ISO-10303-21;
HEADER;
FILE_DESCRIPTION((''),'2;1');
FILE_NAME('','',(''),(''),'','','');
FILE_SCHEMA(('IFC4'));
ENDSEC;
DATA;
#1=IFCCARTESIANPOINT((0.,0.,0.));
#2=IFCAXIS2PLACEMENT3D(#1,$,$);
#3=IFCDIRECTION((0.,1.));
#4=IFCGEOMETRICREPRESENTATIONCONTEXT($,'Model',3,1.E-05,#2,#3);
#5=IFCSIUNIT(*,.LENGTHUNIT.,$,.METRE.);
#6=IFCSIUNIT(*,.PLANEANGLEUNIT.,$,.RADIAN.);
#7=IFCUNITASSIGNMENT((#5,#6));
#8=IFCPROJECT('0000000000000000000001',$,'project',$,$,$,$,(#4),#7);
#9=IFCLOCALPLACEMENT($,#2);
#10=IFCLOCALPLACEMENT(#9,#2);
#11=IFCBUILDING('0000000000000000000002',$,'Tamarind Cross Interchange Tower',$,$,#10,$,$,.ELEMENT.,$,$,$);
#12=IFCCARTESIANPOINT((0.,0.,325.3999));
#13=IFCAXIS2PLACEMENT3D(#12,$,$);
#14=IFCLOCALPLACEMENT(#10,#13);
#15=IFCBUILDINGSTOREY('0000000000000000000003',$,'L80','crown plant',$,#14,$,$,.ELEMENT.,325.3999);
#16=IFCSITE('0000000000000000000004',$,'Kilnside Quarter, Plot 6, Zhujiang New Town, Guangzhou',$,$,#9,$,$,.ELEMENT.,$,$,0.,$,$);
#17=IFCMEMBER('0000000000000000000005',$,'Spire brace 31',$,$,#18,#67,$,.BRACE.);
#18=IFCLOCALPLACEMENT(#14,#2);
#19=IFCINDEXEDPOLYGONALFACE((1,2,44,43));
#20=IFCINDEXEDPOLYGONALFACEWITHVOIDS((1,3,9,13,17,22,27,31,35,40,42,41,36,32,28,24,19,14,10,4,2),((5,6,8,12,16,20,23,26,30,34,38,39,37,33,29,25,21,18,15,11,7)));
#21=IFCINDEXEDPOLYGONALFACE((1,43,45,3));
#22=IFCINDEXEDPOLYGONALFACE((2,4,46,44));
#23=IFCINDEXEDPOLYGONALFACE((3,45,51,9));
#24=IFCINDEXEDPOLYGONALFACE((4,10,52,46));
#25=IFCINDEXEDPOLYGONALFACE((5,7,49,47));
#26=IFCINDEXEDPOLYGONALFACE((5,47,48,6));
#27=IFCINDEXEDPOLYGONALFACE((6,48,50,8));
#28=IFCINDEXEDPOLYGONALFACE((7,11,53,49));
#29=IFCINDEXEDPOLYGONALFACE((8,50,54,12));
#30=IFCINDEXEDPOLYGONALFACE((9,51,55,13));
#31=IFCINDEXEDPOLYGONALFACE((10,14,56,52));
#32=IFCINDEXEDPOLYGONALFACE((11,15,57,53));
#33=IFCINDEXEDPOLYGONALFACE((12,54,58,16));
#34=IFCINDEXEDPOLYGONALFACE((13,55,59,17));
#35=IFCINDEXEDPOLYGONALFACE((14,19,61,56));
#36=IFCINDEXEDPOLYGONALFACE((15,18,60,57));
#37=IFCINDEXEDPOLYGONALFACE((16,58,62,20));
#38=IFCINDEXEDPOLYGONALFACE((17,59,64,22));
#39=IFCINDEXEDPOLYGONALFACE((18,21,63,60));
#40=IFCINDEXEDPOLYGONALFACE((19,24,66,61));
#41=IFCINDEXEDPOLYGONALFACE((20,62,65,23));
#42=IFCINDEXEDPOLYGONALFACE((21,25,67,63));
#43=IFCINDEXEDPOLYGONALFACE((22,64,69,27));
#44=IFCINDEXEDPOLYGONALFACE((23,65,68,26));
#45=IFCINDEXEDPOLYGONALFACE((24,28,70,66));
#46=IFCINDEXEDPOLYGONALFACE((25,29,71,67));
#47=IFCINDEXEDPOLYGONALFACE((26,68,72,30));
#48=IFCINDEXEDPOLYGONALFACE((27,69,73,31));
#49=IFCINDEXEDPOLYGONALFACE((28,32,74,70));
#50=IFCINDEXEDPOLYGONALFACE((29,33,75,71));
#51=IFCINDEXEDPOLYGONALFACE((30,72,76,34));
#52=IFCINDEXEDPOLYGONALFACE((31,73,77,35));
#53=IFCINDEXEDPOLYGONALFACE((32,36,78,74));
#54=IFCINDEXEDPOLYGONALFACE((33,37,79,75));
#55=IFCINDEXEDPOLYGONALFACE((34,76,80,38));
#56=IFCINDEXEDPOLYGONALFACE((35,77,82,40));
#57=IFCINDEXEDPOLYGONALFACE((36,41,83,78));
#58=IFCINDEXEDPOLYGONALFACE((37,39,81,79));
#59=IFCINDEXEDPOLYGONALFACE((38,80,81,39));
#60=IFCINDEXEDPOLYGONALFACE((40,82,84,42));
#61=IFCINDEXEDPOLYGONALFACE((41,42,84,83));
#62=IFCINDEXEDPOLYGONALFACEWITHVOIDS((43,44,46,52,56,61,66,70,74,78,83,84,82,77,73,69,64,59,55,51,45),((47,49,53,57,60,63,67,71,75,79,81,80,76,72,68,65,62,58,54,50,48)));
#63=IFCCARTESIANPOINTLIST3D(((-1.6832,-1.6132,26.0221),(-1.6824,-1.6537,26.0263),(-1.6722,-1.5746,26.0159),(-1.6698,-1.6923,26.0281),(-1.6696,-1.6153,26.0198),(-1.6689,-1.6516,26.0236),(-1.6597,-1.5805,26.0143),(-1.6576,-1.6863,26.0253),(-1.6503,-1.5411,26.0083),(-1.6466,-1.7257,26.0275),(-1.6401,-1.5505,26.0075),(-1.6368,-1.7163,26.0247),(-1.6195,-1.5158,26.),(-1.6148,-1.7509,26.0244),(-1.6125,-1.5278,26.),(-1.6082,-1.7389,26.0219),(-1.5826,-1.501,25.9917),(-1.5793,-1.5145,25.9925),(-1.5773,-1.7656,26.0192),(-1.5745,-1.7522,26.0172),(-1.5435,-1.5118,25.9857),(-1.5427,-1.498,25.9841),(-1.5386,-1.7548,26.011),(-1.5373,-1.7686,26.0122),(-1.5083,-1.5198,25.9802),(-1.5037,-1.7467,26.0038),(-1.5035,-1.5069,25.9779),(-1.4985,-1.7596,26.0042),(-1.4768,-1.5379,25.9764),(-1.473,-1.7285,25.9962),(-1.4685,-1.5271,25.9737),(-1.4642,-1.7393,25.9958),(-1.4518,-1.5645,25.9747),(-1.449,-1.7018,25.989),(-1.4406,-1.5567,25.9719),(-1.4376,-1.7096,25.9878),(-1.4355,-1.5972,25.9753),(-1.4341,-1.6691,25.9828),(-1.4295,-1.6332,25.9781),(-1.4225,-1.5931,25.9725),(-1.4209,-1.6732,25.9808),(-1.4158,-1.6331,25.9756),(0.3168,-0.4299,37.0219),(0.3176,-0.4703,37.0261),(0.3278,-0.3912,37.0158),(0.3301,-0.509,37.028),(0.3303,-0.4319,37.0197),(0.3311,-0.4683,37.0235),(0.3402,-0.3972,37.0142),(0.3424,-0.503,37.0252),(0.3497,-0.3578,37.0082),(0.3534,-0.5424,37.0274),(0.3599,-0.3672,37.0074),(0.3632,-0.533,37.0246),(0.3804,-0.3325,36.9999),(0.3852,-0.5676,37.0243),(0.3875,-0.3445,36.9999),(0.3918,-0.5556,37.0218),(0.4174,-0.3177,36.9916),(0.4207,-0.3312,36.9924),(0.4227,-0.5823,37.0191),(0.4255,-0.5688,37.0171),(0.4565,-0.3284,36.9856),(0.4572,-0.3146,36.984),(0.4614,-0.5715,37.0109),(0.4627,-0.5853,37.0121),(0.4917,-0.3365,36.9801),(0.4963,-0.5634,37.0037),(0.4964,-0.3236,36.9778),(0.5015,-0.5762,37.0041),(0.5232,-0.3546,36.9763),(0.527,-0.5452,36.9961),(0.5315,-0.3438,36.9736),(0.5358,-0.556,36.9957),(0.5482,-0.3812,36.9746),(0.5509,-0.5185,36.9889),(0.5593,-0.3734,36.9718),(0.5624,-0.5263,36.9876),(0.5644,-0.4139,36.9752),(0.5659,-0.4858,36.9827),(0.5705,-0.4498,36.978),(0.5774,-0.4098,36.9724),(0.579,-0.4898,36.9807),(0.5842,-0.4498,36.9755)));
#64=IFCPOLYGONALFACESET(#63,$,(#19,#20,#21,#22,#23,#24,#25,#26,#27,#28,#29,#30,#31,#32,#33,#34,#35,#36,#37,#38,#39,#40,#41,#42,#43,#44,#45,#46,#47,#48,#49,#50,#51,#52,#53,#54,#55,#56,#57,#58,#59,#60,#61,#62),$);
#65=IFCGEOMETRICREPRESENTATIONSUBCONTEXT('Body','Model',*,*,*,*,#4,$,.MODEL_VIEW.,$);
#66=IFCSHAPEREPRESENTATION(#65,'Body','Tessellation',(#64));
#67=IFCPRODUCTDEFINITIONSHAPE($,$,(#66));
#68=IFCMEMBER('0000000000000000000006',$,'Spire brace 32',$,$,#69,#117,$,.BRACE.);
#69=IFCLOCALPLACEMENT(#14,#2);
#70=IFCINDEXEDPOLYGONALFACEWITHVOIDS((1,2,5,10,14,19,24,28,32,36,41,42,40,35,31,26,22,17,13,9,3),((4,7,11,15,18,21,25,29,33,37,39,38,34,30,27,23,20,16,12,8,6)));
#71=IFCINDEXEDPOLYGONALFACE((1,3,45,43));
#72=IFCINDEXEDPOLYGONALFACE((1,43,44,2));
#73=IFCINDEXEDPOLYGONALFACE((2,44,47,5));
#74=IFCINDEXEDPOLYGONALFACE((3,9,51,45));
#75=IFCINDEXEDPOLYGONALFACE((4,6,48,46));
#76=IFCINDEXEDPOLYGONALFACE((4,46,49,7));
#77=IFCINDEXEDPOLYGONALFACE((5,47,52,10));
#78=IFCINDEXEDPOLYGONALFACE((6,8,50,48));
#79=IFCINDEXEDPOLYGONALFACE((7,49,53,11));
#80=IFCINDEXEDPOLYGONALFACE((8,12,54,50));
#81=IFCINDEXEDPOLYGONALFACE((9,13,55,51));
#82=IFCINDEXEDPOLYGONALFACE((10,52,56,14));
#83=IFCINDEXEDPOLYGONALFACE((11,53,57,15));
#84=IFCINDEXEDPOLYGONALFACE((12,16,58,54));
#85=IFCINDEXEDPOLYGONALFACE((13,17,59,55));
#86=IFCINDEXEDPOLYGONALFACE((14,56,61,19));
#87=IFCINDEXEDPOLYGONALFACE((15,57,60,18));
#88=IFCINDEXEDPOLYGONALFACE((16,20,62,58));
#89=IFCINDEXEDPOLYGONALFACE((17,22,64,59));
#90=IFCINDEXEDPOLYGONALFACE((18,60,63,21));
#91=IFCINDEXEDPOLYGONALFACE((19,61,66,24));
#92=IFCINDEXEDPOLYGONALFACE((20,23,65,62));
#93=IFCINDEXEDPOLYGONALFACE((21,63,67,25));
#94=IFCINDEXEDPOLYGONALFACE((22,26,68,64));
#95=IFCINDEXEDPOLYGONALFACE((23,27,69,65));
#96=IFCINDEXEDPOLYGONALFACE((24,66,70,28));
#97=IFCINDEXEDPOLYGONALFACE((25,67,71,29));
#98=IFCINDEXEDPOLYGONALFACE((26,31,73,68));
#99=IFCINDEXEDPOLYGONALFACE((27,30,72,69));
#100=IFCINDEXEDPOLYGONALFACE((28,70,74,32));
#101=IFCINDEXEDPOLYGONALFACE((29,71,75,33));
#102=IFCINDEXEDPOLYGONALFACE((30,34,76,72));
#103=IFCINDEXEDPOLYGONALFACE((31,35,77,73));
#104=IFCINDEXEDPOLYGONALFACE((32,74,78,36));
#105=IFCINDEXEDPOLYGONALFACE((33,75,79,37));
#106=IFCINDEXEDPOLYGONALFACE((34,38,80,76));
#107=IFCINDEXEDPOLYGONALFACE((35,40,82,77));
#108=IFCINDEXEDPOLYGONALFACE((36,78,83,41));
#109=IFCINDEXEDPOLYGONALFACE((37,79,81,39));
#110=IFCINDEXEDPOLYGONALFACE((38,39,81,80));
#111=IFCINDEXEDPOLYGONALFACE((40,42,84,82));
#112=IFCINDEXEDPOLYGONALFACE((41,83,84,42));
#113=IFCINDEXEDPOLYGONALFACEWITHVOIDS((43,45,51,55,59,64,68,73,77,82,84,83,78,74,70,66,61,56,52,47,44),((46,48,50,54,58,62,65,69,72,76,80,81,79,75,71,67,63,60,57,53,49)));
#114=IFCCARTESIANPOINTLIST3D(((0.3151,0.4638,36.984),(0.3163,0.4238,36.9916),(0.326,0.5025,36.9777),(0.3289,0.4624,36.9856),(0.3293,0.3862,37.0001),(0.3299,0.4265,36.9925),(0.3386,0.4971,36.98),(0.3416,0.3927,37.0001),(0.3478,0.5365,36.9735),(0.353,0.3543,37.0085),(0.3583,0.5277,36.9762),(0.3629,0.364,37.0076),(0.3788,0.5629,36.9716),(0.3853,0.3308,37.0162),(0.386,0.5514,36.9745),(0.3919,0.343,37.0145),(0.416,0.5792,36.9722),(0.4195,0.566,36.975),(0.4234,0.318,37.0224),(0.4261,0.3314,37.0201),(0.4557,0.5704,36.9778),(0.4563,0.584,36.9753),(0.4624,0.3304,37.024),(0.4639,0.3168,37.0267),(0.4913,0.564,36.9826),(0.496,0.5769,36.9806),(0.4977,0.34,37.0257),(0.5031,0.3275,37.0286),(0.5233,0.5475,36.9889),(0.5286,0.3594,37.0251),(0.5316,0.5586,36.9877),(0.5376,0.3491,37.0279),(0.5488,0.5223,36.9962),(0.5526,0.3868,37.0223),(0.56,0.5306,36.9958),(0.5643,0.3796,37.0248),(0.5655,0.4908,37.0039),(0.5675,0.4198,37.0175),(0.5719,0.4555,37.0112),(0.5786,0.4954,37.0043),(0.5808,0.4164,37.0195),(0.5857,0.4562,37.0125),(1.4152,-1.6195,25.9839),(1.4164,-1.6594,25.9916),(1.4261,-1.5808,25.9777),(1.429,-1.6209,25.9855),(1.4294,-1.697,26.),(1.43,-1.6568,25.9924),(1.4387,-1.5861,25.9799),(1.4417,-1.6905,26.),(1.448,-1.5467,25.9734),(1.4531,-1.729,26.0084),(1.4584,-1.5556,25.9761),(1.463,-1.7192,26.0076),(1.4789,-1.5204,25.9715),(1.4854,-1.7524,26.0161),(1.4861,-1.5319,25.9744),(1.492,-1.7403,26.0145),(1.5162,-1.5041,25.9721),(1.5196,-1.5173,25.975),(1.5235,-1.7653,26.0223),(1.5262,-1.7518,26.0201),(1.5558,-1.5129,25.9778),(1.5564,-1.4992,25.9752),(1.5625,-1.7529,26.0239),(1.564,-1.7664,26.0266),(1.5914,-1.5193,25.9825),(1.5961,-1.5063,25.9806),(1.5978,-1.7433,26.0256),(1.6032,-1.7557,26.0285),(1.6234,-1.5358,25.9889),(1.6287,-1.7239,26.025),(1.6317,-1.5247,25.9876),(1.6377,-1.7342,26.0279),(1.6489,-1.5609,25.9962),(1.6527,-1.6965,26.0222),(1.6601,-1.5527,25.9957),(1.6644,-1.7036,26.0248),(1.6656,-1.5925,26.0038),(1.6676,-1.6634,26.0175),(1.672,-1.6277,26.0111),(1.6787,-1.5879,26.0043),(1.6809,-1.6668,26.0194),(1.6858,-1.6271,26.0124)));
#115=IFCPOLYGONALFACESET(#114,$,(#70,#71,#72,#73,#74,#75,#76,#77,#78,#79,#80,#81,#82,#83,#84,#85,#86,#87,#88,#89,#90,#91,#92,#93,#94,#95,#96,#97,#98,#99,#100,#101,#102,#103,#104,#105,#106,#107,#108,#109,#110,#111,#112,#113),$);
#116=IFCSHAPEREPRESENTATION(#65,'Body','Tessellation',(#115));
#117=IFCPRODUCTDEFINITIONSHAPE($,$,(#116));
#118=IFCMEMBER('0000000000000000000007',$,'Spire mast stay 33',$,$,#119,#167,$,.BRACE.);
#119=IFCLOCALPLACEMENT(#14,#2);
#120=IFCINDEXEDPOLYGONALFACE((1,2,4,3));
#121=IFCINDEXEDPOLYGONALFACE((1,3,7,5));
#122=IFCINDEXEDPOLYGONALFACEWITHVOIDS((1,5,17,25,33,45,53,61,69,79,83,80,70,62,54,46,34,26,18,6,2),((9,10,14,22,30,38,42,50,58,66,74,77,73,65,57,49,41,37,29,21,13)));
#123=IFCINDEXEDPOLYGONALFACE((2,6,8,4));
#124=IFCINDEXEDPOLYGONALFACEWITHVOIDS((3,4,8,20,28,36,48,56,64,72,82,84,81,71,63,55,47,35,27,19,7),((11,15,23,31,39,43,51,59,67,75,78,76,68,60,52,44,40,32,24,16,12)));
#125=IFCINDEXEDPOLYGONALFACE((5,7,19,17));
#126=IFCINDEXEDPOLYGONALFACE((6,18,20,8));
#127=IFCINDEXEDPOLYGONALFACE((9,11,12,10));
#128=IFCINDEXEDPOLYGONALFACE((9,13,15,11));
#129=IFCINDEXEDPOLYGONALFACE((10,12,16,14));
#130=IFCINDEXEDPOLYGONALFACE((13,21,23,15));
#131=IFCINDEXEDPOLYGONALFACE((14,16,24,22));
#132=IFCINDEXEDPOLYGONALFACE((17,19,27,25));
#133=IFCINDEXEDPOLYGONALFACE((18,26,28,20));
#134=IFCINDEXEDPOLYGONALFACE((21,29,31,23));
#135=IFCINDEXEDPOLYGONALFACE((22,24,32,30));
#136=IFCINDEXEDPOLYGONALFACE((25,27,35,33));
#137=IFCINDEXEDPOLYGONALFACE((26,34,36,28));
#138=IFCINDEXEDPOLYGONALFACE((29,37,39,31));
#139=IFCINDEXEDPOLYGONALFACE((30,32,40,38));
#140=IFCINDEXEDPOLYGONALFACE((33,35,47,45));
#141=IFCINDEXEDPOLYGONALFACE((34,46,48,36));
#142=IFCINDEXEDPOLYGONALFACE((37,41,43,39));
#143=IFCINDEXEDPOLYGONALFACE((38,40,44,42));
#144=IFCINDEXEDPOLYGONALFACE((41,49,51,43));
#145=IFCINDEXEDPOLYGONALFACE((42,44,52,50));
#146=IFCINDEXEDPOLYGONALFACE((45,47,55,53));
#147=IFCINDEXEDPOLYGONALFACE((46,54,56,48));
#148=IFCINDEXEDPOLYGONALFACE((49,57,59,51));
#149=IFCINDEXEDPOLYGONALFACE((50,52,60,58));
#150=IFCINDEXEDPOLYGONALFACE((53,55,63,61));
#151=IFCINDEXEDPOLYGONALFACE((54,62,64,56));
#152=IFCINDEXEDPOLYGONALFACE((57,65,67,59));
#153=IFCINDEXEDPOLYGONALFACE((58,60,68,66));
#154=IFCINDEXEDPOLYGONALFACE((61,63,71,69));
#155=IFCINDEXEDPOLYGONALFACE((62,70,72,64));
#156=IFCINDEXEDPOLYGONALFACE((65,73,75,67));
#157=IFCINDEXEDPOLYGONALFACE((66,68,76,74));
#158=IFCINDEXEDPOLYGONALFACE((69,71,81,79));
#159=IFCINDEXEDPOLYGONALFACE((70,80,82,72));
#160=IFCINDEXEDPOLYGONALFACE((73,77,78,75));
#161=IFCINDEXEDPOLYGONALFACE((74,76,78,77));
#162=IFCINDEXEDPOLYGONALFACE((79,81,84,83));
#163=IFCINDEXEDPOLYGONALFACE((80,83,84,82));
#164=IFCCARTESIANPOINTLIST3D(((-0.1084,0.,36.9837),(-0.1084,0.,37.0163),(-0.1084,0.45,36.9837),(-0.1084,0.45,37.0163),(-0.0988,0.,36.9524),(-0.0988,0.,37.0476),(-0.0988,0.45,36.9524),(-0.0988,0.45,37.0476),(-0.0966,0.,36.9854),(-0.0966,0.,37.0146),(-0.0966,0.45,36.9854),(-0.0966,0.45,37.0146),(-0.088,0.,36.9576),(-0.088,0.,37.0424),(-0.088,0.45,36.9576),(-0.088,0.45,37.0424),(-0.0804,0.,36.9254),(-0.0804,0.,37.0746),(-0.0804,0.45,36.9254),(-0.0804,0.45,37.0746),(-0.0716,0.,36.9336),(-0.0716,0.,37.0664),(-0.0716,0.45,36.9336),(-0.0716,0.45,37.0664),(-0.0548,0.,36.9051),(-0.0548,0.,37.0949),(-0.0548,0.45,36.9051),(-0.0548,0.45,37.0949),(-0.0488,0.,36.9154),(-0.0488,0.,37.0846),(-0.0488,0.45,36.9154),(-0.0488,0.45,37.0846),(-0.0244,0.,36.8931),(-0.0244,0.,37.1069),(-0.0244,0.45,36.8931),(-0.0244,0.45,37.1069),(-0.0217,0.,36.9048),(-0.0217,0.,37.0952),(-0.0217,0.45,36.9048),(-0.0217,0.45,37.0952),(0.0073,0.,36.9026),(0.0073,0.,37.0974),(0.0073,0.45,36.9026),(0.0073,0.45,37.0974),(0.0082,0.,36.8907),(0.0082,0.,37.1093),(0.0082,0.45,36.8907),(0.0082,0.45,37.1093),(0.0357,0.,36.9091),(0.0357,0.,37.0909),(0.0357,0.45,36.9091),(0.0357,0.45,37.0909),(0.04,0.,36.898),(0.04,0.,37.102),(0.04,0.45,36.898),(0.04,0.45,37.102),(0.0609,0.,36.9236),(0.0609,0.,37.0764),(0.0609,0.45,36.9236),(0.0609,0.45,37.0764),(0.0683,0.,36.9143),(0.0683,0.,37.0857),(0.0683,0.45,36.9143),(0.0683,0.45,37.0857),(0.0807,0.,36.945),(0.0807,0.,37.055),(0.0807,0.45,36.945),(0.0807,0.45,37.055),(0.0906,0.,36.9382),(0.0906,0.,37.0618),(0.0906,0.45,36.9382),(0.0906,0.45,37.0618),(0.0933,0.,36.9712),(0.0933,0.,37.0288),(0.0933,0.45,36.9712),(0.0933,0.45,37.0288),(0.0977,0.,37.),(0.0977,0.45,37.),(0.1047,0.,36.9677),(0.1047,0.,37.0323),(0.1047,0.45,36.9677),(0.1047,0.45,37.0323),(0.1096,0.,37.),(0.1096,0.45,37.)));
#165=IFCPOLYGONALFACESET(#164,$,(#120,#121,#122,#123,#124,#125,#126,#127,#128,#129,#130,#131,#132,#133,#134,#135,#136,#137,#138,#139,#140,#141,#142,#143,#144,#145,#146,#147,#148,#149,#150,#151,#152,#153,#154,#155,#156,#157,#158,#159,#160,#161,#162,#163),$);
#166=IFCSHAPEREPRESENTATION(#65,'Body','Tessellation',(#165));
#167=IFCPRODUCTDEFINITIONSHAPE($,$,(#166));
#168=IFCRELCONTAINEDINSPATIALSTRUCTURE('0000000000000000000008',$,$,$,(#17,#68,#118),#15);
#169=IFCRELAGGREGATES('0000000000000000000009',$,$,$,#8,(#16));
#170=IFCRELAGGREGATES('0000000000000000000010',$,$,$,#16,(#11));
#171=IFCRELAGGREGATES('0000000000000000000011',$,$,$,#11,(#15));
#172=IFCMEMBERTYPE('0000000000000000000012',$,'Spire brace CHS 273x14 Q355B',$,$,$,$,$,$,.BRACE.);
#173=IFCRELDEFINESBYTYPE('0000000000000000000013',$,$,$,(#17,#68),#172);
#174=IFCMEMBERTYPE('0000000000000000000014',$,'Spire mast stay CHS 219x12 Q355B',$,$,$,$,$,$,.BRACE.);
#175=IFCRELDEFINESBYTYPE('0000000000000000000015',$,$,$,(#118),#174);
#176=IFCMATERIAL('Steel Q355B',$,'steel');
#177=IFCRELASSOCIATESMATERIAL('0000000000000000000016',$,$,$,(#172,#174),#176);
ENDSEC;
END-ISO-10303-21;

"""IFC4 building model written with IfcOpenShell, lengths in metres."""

from ifc_helpers import new_model, si_unit, direction, frame, origin, origin_2d, place, context, subcontext, project, spatial, hollow_circle, extrude, material, material_profile, profile_set, type_object, element, save


model = new_model("IFC4")

# Units and contexts
model_context = context("Model", 3, precision=1e-05, world=origin(), true_north=direction((0.0, 1.0)))
body_context = subcontext(model_context, "Body", "Model", "MODEL_VIEW")
ifc_project = project(units=[si_unit("LENGTHUNIT", "METRE"), si_unit("PLANEANGLEUNIT", "RADIAN")], contexts=[model_context])

# Site, building, storey
site_placement = place(None, origin())
site = spatial("IfcSite", under=ifc_project, at=site_placement, Name="Kilnside Quarter, Plot 6, Zhujiang New Town, Guangzhou", CompositionType="ELEMENT", RefElevation=0.0)
building_placement = place(site_placement, origin())
building = spatial("IfcBuilding", under=site, at=building_placement, Name="Tamarind Cross Interchange Tower", CompositionType="ELEMENT")
storey_placement = place(building_placement, frame((0.0, 0.0, 325.3999)))
storey = spatial("IfcBuildingStorey", under=building, at=storey_placement, Name="L80", Description="crown plant", CompositionType="ELEMENT", Elevation=325.3999)

# Members
ifc_material_1 = material(Name="Steel Q355B", Category="steel")
ifc_material_profile_1 = material_profile(ifc_material_1, hollow_circle(Radius=0.1365, WallThickness=0.0139, at=origin_2d()), Name="CHS 273x14")
ifc_profile_set_1 = profile_set([ifc_material_profile_1], Name="Steel Q355B")
member_type_1 = type_object("IfcMemberType", Name="Spire brace CHS 273x14 Q355B", PredefinedType="BRACE", material=ifc_profile_set_1)
member_1_placement = place(storey_placement, frame((-1.55, -1.6333, 26.0), z_axis=(0.177892, 0.105254, 0.978405), x_axis=(-0.509218, 0.860638, 0.0)))
element("IfcMember", 1, at=member_1_placement, inside=storey, type_object=member_type_1, Name="Spire brace 31", PredefinedType="BRACE", context=body_context, shape_type="SweptSolid", body=[
    extrude(hollow_circle(Radius=0.1365, WallThickness=0.0139, at=origin_2d()), origin(), (0.0, 0.0, 1.0), 11.2427),
])
member_2_placement = place(storey_placement, frame((1.55, -1.6333, 26.0), z_axis=(-0.097791, 0.185187, 0.977825), x_axis=(-0.884279, -0.466959, 0.0)))
element("IfcMember", 2, at=member_2_placement, inside=storey, type_object=member_type_1, Name="Spire brace 32", PredefinedType="BRACE", context=body_context, shape_type="SweptSolid", body=[
    extrude(hollow_circle(Radius=0.1365, WallThickness=0.0139, at=origin_2d()), origin(), (0.0, 0.0, 1.0), 11.2495),
])
ifc_material_profile_2 = material_profile(ifc_material_1, hollow_circle(Radius=0.1096, WallThickness=0.012, at=origin_2d()), Name="CHS 219x12")
ifc_profile_set_2 = profile_set([ifc_material_profile_2], Name="Steel Q355B")
member_type_2 = type_object("IfcMemberType", Name="Spire mast stay CHS 219x12 Q355B", PredefinedType="BRACE", material=ifc_profile_set_2)
for number, where, z_axis, x_axis, name in (
    (3, (0.0, 0.45, 37.0), (0.0, -1.0, 0.0), (1.0, 0.0, 0.0), "Spire mast stay 33"),
):
    element("IfcMember", number, at=place(storey_placement, frame(where, z_axis=z_axis, x_axis=x_axis)), inside=storey, type_object=member_type_2, Name=name, PredefinedType="BRACE", context=body_context, shape_type="SweptSolid", body=[
        extrude(hollow_circle(Radius=0.1096, WallThickness=0.012, at=origin_2d()), origin(), (0.0, 0.0, 1.0), 0.45),
    ])

save(model, "model.ifc")
